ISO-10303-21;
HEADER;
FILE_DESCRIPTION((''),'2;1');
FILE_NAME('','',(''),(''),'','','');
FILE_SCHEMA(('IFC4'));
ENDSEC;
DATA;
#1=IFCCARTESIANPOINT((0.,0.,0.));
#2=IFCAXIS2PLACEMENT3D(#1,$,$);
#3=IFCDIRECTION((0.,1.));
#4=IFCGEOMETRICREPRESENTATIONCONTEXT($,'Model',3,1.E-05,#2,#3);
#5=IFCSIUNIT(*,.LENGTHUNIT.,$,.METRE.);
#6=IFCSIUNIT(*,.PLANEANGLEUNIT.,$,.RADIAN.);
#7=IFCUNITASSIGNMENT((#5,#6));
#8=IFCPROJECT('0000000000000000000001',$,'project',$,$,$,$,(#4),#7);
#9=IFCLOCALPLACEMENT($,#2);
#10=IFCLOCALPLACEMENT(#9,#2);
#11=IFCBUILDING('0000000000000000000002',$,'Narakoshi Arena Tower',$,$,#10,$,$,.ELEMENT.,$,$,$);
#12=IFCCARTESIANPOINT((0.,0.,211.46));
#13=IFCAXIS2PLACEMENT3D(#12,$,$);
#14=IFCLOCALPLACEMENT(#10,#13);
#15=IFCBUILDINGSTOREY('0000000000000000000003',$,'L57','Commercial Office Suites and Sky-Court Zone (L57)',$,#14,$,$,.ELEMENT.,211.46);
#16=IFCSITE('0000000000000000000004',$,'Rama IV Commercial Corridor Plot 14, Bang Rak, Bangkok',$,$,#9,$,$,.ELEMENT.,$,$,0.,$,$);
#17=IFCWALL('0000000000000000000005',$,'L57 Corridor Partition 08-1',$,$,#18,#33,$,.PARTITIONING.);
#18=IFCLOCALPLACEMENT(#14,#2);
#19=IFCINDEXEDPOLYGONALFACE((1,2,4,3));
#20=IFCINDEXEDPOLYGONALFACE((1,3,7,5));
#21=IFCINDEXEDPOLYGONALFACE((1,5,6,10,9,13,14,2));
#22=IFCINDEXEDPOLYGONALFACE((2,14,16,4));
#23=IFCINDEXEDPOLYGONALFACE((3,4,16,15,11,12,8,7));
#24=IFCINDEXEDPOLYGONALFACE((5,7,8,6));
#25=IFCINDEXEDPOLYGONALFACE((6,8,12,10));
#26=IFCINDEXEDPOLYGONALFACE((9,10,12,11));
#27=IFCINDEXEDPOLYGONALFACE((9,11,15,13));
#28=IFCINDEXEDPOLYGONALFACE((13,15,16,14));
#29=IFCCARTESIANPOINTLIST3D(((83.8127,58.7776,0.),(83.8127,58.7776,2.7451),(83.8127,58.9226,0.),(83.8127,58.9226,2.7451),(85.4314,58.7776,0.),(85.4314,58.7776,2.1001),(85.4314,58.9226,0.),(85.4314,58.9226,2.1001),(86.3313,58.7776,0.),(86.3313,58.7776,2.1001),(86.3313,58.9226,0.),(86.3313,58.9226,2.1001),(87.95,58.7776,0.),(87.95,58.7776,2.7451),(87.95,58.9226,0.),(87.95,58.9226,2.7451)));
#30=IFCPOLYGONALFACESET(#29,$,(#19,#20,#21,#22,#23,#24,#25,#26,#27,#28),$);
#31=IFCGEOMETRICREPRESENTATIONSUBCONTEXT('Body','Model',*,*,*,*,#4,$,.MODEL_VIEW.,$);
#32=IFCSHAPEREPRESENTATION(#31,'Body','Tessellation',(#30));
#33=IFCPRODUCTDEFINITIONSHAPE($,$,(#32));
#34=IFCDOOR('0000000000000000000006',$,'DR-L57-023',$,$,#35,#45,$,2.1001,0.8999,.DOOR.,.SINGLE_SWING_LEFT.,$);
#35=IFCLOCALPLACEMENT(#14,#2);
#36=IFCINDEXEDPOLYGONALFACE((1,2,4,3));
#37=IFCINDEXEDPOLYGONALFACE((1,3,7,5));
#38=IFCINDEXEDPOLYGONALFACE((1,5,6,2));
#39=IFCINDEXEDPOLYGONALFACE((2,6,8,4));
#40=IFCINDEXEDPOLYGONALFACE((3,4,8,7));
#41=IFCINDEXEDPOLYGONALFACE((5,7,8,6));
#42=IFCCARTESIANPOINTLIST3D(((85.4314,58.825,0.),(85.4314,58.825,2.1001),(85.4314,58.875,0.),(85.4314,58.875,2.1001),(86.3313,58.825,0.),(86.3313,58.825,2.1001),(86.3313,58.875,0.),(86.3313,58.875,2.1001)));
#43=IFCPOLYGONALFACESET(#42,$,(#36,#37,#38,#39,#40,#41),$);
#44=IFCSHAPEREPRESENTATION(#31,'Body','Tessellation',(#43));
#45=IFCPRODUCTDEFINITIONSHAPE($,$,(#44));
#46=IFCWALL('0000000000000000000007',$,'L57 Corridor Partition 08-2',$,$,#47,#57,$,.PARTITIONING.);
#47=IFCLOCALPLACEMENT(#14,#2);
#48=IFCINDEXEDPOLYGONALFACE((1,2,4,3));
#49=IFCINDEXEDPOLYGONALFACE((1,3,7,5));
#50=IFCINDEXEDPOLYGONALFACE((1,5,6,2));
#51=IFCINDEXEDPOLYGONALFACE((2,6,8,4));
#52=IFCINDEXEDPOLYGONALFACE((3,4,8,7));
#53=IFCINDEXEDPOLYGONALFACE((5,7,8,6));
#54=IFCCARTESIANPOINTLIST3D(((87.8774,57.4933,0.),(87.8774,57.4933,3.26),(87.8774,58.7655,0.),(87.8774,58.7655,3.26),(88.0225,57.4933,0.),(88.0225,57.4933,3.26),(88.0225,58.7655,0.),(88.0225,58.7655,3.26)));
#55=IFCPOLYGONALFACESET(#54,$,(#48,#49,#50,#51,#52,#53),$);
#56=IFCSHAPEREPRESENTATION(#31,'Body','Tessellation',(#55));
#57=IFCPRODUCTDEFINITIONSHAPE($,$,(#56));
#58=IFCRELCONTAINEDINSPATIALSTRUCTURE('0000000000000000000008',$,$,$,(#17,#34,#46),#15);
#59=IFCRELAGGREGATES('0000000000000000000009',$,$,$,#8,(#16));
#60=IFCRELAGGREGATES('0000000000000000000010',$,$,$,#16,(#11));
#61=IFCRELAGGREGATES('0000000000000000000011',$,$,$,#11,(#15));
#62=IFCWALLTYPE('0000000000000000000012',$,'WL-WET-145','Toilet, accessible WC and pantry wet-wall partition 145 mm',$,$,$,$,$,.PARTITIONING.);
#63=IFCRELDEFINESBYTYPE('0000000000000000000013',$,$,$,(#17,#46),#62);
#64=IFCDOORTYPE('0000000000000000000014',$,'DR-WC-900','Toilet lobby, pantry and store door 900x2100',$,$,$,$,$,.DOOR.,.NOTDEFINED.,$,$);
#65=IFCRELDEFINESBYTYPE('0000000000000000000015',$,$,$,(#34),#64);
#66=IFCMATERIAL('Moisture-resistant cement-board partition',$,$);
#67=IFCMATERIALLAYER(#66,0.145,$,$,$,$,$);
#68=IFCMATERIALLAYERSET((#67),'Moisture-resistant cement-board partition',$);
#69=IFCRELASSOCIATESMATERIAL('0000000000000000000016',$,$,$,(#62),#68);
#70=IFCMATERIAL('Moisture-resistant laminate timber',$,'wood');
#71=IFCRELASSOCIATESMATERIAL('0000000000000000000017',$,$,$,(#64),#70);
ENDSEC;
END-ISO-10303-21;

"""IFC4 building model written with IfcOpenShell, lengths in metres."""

from ifc_helpers import new_model, si_unit, direction, frame, frame_2d, origin, place, context, subcontext, project, spatial, rectangle, extrude, material, layer, layer_set, type_object, element, fill, save


model = new_model("IFC4")

# Units and contexts
model_context = context("Model", 3, precision=1e-05, world=origin(), true_north=direction((0.0, 1.0)))
body_context = subcontext(model_context, "Body", "Model", "MODEL_VIEW")
ifc_project = project(units=[si_unit("LENGTHUNIT", "METRE"), si_unit("PLANEANGLEUNIT", "RADIAN")], contexts=[model_context])

# Site, building, storey
site_placement = place(None, origin())
site = spatial("IfcSite", under=ifc_project, at=site_placement, Name="Rama IV Commercial Corridor Plot 14, Bang Rak, Bangkok", CompositionType="ELEMENT", RefElevation=0.0)
building_placement = place(site_placement, origin())
building = spatial("IfcBuilding", under=site, at=building_placement, Name="Narakoshi Arena Tower", CompositionType="ELEMENT")
storey_placement = place(building_placement, frame((0.0, 0.0, 211.46)))
storey = spatial("IfcBuildingStorey", under=building, at=storey_placement, Name="L57", Description="Commercial Office Suites and Sky-Court Zone (L57)", CompositionType="ELEMENT", Elevation=211.46)

# Shared definitions
ifc_material_1 = material(Name="Moisture-resistant cement-board partition")
ifc_layer_1 = layer(ifc_material_1, 0.145)
ifc_layer_set_1 = layer_set([ifc_layer_1], Name="Moisture-resistant cement-board partition")
wall_type_1 = type_object("IfcWallType", Name="WL-WET-145", Description="Toilet, accessible WC and pantry wet-wall partition 145 mm", PredefinedType="PARTITIONING", material=ifc_layer_set_1)

# Shared definitions
ifc_material_2 = material(Name="Moisture-resistant laminate timber", Category="wood")
door_type_1 = type_object("IfcDoorType", Name="DR-WC-900", Description="Toilet lobby, pantry and store door 900x2100", OperationType="NOTDEFINED", PredefinedType="DOOR", material=ifc_material_2)

# Wall, opening, door
wall_1_placement = place(storey_placement, frame((87.95, 58.8501, 0.0), z_axis=(0.0, 0.0, 1.0), x_axis=(-1.0, 0.0, 0.0)))
wall_1 = element("IfcWall", 1, at=wall_1_placement, inside=storey, type_object=wall_type_1, Name="L57 Corridor Partition 08-1", PredefinedType="PARTITIONING", context=body_context, shape_type="SweptSolid", body=[
    extrude(rectangle(XDim=4.1372, YDim=0.145, at=frame_2d((2.0686, 0.0))), origin(), (0.0, 0.0, 1.0), 2.7451),
])
opening_1_placement = place(wall_1_placement, frame((1.6187, 0.0, 0.0)))
opening_1 = element("IfcOpeningElement", 2, at=opening_1_placement, cuts=wall_1, PredefinedType="OPENING", context=body_context, shape_type="SweptSolid", body=[
    extrude(rectangle(XDim=0.8999, YDim=2.1001, at=frame_2d((0.45, 1.05))), frame((0.0, 0.0825, 0.0), z_axis=(0.0, -1.0, 0.0), x_axis=(1.0, 0.0, 0.0)), (0.0, 0.0, 1.0), 0.165),
])
door_1_placement = place(opening_1_placement, frame((0.8999, 0.0, 0.0), z_axis=(0.0, 0.0, 1.0), x_axis=(-1.0, 0.0, 0.0)))
door_1 = element("IfcDoor", 3, at=door_1_placement, inside=storey, type_object=door_type_1, Name="DR-L57-023", OperationType="SINGLE_SWING_LEFT", OverallHeight=2.1001, OverallWidth=0.8999, PredefinedType="DOOR", context=body_context, shape_type="SweptSolid", body=[
    extrude(rectangle(XDim=0.8999, YDim=2.1001, at=frame_2d((0.45, 1.05))), frame((0.0, 0.0249, 0.0), z_axis=(0.0, -1.0, 0.0), x_axis=(1.0, 0.0, 0.0)), (0.0, 0.0, 1.0), 0.05),
])
fill(opening_1, door_1)

# Wall
wall_2_placement = place(storey_placement, frame((87.95, 57.4932, 0.0), z_axis=(0.0, 0.0, 1.0), x_axis=(0.0, 1.0, 0.0)))
element("IfcWall", 4, at=wall_2_placement, inside=storey, type_object=wall_type_1, Name="L57 Corridor Partition 08-2", PredefinedType="PARTITIONING", context=body_context, shape_type="SweptSolid", body=[
    extrude(rectangle(XDim=1.2722, YDim=0.145, at=frame_2d((0.6362, 0.0))), origin(), (0.0, 0.0, 1.0), 3.26),
])

save(model, "model.ifc")
